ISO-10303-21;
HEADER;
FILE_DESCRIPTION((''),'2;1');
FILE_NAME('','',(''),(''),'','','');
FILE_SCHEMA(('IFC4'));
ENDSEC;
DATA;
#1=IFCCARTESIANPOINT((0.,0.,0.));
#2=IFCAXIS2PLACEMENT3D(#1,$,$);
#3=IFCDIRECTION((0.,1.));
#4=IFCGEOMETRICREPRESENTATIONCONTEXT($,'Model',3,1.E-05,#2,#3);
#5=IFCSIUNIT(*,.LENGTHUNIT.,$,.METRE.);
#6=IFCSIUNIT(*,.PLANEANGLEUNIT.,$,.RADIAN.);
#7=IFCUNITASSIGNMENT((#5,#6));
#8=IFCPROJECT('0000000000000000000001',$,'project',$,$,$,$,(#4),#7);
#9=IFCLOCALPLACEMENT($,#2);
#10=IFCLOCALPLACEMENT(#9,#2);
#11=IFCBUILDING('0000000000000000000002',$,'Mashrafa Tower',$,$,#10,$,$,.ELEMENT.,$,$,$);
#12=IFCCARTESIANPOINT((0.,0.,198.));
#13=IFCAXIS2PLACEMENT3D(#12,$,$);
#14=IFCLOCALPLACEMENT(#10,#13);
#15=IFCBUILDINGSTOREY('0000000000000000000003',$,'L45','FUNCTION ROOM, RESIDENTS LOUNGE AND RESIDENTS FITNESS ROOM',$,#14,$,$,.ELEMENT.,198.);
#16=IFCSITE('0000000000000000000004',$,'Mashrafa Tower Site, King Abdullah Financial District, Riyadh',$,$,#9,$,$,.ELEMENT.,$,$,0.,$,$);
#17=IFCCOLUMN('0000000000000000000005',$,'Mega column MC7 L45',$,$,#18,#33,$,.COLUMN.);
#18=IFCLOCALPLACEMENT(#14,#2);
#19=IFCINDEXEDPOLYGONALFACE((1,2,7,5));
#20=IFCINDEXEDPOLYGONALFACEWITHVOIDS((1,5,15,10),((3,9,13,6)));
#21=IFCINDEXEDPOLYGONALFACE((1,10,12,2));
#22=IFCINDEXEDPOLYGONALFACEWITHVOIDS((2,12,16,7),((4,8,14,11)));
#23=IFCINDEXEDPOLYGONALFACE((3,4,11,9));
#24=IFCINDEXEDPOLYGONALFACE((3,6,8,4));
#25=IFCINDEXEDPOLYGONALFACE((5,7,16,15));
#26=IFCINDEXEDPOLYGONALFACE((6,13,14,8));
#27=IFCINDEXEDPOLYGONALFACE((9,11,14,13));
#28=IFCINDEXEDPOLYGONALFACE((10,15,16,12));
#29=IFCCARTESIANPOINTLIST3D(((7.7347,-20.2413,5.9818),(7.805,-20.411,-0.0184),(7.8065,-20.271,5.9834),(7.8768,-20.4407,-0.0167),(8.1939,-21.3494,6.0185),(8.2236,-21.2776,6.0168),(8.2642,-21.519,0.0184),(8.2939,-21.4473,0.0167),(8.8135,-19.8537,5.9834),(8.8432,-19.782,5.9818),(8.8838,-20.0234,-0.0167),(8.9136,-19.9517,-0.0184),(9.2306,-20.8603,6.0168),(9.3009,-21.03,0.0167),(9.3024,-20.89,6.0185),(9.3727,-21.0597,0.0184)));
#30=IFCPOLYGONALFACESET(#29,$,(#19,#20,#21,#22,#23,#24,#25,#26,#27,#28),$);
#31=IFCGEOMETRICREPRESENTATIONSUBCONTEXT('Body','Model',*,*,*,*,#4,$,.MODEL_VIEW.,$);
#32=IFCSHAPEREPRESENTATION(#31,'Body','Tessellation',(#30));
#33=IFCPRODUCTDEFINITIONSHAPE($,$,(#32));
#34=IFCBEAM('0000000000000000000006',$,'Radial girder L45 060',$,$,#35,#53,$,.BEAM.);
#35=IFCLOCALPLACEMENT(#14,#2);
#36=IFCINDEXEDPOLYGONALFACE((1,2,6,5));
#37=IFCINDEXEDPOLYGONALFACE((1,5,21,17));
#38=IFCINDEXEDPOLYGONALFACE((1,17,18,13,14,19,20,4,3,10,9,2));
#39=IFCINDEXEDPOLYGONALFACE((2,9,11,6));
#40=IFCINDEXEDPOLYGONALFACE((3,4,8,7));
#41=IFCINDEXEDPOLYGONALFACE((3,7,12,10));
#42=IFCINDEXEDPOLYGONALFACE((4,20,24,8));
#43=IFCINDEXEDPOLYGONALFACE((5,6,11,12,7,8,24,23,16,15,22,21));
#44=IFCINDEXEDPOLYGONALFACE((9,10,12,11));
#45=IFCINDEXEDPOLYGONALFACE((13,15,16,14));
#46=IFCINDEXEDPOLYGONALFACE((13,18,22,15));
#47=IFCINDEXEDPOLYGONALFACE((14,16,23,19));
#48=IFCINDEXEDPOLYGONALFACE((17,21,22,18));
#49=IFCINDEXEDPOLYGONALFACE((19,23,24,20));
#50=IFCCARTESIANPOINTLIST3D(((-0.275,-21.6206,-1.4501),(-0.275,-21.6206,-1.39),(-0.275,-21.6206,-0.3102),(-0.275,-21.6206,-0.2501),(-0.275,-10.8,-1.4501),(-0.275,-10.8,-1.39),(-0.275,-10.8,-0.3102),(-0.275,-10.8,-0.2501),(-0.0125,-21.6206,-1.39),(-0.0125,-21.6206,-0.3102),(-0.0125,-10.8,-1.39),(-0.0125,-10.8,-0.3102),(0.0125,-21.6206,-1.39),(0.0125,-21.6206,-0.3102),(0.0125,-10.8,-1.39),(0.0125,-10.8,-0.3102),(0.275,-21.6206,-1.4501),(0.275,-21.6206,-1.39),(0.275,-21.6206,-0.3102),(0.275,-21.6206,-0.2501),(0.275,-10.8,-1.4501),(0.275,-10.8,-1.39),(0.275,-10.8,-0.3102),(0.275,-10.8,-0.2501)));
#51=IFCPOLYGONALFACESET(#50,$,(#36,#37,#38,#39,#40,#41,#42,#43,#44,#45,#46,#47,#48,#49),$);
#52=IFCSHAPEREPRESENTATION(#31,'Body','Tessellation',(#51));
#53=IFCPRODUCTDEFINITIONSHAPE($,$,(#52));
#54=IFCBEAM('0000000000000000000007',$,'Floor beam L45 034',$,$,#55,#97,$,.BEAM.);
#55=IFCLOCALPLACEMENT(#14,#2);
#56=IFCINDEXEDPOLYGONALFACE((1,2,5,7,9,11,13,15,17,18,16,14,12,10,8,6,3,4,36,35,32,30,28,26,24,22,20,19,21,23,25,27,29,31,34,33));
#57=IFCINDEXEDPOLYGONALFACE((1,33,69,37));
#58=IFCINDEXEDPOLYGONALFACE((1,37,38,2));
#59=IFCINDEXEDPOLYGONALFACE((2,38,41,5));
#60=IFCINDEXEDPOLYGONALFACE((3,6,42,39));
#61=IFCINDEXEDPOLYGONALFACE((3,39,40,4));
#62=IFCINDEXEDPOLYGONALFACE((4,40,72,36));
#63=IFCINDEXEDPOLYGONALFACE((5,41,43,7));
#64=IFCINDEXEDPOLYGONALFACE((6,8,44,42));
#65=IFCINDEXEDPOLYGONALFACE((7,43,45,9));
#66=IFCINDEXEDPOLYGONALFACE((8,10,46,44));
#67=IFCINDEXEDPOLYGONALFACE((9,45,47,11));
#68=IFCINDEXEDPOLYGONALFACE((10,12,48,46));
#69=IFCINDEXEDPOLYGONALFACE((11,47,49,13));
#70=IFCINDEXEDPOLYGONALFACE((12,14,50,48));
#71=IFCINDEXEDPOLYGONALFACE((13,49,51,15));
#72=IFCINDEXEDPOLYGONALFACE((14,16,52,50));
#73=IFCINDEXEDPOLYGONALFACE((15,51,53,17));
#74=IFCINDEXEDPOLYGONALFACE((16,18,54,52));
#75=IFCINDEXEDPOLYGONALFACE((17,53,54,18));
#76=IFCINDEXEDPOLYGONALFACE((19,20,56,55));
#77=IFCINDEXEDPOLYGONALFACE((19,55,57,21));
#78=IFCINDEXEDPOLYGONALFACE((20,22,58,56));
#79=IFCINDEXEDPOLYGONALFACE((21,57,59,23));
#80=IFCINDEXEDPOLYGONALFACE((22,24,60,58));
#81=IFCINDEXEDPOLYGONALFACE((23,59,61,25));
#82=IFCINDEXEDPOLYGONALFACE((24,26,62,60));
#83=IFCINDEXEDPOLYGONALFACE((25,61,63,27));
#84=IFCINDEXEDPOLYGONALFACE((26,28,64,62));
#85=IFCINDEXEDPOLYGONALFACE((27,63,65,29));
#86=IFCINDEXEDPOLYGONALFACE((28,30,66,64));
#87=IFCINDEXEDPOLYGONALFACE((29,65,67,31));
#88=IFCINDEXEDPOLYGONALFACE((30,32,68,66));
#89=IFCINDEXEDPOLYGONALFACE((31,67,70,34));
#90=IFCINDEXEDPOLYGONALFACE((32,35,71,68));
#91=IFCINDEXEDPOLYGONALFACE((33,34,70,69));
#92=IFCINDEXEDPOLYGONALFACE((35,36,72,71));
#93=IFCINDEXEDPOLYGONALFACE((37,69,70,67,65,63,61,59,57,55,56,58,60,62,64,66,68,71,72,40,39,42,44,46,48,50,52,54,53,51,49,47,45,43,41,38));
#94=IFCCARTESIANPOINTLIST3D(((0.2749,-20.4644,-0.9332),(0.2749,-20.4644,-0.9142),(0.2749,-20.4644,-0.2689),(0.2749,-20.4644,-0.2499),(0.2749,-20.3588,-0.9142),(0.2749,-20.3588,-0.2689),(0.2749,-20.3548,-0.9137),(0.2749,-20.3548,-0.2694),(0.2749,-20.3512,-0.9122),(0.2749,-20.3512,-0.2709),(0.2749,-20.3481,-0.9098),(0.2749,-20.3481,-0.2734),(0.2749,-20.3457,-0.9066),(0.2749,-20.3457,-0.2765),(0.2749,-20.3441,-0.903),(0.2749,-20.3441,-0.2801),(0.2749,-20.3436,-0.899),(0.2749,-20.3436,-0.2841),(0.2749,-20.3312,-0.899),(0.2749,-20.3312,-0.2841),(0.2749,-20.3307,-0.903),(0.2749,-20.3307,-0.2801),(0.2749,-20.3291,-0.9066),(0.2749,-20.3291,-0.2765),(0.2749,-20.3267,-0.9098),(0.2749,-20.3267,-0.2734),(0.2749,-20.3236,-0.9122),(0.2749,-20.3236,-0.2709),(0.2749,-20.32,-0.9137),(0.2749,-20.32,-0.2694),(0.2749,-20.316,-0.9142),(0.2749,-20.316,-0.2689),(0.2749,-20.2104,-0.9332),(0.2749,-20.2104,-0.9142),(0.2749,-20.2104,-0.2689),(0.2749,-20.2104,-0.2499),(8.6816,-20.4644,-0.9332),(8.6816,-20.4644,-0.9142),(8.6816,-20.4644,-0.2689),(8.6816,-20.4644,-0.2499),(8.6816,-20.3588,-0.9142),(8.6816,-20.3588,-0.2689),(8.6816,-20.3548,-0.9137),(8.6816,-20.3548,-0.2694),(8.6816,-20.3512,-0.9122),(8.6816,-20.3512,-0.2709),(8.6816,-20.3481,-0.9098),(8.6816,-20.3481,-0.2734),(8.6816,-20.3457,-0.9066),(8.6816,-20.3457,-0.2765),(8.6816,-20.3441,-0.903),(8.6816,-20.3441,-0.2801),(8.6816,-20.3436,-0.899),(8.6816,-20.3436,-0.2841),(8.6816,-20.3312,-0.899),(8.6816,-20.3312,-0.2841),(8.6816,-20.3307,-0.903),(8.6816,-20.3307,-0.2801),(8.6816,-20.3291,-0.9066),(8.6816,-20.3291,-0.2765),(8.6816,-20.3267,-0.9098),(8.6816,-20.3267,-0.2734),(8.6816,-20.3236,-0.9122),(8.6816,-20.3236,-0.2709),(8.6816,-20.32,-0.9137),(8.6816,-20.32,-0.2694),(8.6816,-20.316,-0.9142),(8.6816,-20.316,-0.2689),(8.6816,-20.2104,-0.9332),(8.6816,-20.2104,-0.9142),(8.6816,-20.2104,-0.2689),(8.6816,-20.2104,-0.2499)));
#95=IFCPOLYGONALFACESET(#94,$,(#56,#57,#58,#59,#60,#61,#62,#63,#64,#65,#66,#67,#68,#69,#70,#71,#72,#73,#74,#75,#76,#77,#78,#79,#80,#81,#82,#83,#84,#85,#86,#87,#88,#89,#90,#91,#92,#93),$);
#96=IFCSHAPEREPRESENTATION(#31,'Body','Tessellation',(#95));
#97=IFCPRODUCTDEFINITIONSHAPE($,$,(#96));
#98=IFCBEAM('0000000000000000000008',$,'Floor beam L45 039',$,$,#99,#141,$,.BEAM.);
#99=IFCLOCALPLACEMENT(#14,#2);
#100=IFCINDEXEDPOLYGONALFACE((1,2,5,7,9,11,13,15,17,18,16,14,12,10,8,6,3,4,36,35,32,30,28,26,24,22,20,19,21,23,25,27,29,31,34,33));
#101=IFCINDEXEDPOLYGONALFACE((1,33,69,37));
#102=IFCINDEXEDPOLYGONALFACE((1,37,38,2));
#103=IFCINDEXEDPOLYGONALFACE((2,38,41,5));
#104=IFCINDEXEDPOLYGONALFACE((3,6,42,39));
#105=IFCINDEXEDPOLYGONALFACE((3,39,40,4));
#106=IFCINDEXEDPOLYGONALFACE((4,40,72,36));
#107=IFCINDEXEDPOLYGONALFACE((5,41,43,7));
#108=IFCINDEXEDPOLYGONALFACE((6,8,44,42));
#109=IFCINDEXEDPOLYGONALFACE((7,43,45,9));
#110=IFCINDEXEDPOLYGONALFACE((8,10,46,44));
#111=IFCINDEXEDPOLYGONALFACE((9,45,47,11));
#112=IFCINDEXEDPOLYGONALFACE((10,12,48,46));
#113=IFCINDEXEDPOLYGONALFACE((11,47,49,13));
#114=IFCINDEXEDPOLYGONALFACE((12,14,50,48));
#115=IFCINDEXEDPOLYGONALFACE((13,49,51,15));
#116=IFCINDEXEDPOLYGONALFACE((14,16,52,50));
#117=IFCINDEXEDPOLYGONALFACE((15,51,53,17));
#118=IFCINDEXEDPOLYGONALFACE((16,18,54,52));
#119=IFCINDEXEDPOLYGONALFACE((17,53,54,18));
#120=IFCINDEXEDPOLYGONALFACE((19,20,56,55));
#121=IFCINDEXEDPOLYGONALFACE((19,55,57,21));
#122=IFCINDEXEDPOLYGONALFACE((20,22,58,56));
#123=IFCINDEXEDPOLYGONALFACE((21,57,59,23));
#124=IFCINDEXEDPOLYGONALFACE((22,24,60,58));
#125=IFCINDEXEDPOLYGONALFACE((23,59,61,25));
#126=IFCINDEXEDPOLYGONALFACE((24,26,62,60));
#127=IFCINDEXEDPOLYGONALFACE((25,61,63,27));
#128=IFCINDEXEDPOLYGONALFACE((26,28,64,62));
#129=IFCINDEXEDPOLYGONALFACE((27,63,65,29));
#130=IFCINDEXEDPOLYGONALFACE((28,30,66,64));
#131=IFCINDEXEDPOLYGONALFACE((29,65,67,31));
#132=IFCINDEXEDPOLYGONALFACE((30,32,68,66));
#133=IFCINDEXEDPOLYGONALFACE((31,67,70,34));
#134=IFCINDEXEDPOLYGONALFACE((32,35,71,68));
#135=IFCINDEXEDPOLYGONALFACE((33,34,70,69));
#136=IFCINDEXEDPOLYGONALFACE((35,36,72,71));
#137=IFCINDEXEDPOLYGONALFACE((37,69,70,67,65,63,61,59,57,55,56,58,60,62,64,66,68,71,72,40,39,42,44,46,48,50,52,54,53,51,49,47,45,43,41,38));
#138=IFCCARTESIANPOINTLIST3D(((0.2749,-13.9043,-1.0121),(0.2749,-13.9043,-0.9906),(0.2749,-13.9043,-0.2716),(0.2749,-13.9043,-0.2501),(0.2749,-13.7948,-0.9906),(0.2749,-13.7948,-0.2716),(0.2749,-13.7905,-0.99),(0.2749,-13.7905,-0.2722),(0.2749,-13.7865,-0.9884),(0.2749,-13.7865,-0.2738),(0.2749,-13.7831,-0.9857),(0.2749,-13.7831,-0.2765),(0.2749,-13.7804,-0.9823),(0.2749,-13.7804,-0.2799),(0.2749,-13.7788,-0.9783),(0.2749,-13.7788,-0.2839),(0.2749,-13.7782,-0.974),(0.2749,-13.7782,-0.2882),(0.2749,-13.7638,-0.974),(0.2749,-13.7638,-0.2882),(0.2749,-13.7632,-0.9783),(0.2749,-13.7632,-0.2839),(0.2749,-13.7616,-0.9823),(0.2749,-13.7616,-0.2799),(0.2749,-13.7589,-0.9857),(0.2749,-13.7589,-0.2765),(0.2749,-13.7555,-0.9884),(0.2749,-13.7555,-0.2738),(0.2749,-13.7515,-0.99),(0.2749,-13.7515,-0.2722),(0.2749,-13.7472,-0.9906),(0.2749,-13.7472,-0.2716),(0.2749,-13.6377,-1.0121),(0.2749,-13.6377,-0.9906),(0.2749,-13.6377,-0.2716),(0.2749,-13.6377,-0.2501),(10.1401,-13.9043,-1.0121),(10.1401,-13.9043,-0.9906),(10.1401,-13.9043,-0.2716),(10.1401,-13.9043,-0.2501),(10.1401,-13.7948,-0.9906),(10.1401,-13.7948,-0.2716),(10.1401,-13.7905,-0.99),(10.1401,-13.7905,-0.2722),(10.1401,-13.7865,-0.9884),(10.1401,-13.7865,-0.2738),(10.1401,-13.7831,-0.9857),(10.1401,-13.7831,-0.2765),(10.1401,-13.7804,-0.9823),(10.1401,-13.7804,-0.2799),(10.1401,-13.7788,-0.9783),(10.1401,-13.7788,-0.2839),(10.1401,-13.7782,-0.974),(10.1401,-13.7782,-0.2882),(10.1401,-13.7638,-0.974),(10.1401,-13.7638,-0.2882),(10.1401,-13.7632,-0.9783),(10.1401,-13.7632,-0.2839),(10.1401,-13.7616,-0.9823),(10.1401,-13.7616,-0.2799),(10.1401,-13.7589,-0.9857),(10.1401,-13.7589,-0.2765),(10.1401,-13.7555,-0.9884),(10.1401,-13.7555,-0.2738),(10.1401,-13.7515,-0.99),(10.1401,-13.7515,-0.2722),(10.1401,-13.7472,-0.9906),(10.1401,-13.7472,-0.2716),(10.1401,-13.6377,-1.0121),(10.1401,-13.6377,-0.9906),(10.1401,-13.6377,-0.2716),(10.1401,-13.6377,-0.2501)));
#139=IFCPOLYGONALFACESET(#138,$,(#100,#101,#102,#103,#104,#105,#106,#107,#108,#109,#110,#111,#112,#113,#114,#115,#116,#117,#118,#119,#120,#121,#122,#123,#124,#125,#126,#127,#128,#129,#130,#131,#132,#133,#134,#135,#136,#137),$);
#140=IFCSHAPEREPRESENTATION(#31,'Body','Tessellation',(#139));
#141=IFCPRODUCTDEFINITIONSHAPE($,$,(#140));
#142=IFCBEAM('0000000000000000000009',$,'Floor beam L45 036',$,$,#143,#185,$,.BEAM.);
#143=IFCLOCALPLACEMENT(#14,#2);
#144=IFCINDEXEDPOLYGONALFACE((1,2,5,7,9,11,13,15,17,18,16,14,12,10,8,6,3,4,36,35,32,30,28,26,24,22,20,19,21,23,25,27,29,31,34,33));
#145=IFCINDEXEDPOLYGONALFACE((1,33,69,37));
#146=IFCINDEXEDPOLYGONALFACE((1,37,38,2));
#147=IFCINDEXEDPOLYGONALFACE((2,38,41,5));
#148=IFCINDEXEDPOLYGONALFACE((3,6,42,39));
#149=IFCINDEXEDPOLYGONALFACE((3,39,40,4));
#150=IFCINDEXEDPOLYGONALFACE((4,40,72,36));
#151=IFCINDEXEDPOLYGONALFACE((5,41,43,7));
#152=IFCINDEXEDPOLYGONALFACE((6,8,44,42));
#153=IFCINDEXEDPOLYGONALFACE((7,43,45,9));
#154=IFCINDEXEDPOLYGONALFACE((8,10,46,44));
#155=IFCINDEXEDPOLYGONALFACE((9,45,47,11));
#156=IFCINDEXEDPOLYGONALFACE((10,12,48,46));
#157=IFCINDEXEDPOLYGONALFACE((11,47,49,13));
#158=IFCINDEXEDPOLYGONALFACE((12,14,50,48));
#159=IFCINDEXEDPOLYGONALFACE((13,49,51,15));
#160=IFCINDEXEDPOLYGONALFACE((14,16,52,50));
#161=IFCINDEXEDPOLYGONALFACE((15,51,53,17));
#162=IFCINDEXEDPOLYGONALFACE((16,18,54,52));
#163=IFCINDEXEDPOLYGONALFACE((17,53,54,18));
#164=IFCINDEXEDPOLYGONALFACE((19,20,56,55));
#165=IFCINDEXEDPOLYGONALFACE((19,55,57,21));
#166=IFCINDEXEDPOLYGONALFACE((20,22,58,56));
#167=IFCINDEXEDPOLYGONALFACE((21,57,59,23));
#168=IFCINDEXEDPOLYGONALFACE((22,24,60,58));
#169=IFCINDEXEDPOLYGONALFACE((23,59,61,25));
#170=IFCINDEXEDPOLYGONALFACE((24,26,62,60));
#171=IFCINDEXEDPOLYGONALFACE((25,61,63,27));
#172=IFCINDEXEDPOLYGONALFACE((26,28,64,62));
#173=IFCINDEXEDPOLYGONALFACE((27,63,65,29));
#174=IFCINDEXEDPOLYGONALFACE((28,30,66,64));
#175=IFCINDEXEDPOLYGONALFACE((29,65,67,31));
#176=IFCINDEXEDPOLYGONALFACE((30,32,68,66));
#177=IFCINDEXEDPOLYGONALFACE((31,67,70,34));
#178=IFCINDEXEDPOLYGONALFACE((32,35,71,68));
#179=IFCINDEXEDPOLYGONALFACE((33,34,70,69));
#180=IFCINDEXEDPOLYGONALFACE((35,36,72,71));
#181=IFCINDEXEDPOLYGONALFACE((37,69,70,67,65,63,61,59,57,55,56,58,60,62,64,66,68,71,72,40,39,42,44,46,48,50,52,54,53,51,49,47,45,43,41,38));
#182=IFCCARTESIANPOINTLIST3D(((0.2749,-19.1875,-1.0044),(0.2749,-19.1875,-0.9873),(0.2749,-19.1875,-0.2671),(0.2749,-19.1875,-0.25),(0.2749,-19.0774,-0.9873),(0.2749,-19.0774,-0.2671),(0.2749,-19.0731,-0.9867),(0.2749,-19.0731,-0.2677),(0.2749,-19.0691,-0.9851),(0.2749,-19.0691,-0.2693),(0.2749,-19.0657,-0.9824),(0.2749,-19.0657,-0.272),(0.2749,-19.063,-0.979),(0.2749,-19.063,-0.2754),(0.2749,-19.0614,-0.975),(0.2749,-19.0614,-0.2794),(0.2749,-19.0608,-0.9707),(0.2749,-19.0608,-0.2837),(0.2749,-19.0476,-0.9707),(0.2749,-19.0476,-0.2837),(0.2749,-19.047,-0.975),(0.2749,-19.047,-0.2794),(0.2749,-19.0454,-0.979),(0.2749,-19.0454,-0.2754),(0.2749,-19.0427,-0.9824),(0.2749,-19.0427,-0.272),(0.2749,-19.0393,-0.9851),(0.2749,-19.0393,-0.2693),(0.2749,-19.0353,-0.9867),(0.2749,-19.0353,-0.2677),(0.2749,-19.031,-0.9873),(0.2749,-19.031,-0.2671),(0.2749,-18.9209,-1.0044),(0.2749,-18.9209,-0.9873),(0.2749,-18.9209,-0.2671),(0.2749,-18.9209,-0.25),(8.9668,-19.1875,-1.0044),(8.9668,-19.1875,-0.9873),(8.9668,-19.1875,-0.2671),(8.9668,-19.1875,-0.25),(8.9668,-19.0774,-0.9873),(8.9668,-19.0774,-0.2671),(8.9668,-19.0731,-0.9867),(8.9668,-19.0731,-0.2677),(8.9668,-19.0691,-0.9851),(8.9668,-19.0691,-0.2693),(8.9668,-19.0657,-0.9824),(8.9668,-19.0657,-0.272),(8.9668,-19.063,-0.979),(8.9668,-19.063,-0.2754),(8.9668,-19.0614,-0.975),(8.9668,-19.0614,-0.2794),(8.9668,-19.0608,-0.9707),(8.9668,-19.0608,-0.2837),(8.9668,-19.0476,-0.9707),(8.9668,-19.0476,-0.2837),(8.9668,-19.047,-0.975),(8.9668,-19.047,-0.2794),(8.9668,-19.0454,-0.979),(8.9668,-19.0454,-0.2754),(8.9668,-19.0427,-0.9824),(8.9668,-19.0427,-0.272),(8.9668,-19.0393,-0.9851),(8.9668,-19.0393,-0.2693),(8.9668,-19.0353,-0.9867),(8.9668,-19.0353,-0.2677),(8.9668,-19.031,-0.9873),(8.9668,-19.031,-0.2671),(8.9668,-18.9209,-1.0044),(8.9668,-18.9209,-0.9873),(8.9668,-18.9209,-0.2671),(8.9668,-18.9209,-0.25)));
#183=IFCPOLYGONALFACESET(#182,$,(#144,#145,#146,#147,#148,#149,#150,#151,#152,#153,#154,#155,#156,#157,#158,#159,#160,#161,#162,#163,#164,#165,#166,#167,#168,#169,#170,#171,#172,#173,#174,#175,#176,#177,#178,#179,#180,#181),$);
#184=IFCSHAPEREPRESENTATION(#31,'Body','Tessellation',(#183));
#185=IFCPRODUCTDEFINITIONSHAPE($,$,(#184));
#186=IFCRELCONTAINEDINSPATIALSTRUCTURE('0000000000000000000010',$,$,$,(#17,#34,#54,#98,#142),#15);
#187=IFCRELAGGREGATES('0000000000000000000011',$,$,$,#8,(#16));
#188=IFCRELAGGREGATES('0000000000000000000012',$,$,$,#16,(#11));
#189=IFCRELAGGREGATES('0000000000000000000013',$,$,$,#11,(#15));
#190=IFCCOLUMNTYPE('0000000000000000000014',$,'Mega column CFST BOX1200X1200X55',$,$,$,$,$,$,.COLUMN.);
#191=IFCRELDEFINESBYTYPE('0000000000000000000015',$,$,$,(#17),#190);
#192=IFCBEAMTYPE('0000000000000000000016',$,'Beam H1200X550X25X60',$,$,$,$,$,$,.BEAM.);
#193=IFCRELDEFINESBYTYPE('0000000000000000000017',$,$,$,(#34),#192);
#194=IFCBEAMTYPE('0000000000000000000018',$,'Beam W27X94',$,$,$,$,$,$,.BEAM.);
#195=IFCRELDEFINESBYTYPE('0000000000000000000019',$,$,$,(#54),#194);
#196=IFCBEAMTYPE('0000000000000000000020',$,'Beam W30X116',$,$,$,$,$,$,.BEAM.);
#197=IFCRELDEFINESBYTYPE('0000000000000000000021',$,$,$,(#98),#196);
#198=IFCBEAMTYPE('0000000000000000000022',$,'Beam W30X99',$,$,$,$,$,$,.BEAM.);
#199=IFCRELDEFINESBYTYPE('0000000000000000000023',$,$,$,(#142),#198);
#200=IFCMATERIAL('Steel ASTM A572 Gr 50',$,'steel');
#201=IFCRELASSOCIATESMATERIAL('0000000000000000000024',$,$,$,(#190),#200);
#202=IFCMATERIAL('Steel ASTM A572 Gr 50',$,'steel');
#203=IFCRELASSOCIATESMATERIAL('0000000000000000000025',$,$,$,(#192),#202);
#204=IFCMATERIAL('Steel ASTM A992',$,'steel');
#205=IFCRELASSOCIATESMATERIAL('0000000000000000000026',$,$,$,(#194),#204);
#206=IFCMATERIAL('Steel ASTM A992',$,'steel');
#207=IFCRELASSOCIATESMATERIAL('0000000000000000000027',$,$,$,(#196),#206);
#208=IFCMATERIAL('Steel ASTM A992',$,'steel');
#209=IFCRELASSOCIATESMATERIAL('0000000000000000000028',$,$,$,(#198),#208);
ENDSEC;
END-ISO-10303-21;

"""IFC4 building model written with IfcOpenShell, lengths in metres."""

from ifc_helpers import new_model, si_unit, direction, frame, origin, origin_2d, place, context, subcontext, project, spatial, hollow_rectangle, i_section, extrude, material, material_profile, profile_set, type_object, element, save


model = new_model("IFC4")

# Units and contexts
model_context = context("Model", 3, precision=1e-05, world=origin(), true_north=direction((0.0, 1.0)))
body_context = subcontext(model_context, "Body", "Model", "MODEL_VIEW")
ifc_project = project(units=[si_unit("LENGTHUNIT", "METRE"), si_unit("PLANEANGLEUNIT", "RADIAN")], contexts=[model_context])

# Site, building, storey
site_placement = place(None, origin())
site = spatial("IfcSite", under=ifc_project, at=site_placement, Name="Mashrafa Tower Site, King Abdullah Financial District, Riyadh", CompositionType="ELEMENT", RefElevation=0.0)
building_placement = place(site_placement, origin())
building = spatial("IfcBuilding", under=site, at=building_placement, Name="Mashrafa Tower", CompositionType="ELEMENT")
storey_placement = place(building_placement, frame((0.0, 0.0, 198.0)))
storey = spatial("IfcBuildingStorey", under=building, at=storey_placement, Name="L45", Description="FUNCTION ROOM, RESIDENTS LOUNGE AND RESIDENTS FITNESS ROOM", CompositionType="ELEMENT", Elevation=198.0)

# Column
ifc_material_1 = material(Name="Steel ASTM A572 Gr 50", Category="steel")
ifc_material_profile_1 = material_profile(ifc_material_1, hollow_rectangle(XDim=1.2, YDim=1.2, WallThickness=0.0549, at=origin_2d()), Name="BOX1200X1200X55")
ifc_profile_set_1 = profile_set([ifc_material_profile_1], Name="Steel ASTM A572 Gr 50")
column_type = type_object("IfcColumnType", Name="Mega column CFST BOX1200X1200X55", PredefinedType="COLUMN", material=ifc_profile_set_1)
column_placement = place(storey_placement, frame((8.5889, -20.7354, 0.0), z_axis=(-0.011713, 0.028266, 0.999532), x_axis=(-0.923822, -0.382821, 0.0)))
element("IfcColumn", 1, at=column_placement, inside=storey, type_object=column_type, Name="Mega column MC7 L45", PredefinedType="COLUMN", context=body_context, shape_type="SweptSolid", body=[
    extrude(hollow_rectangle(XDim=1.2, YDim=1.2, WallThickness=0.0549, at=origin_2d()), origin(), (0.0, 0.0, 1.0), 6.0029),
])

# Beams
ifc_material_2 = material(Name="Steel ASTM A572 Gr 50", Category="steel")
ifc_material_profile_2 = material_profile(ifc_material_2, i_section(OverallWidth=0.55, OverallDepth=1.2, WebThickness=0.0249, FlangeThickness=0.0601, at=origin_2d()), Name="H1200X550X25X60")
ifc_profile_set_2 = profile_set([ifc_material_profile_2], Name="Steel ASTM A572 Gr 50")
beam_type_1 = type_object("IfcBeamType", Name="Beam H1200X550X25X60", PredefinedType="BEAM", material=ifc_profile_set_2)
beam_1_placement = place(storey_placement, frame((0.0, -10.8, -0.8501), z_axis=(0.0, -1.0, 0.0), x_axis=(1.0, 0.0, 0.0)))
element("IfcBeam", 2, at=beam_1_placement, inside=storey, type_object=beam_type_1, Name="Radial girder L45 060", PredefinedType="BEAM", context=body_context, shape_type="SweptSolid", body=[
    extrude(i_section(OverallWidth=0.55, OverallDepth=1.2, WebThickness=0.0249, FlangeThickness=0.0601, at=origin_2d()), origin(), (0.0, 0.0, 1.0), 10.8206),
])
ifc_material_3 = material(Name="Steel ASTM A992", Category="steel")
ifc_material_profile_3 = material_profile(ifc_material_3, i_section(OverallWidth=0.2539, OverallDepth=0.6833, WebThickness=0.0125, FlangeThickness=0.019, FilletRadius=0.0151, at=origin_2d()), Name="W27X94")
ifc_profile_set_3 = profile_set([ifc_material_profile_3], Name="Steel ASTM A992")
beam_type_2 = type_object("IfcBeamType", Name="Beam W27X94", PredefinedType="BEAM", material=ifc_profile_set_3)
beam_2_placement = place(storey_placement, frame((8.6816, -20.3374, -0.5916), z_axis=(-1.0, 0.0, 0.0), x_axis=(0.0, -1.0, 0.0)))
element("IfcBeam", 3, at=beam_2_placement, inside=storey, type_object=beam_type_2, Name="Floor beam L45 034", PredefinedType="BEAM", context=body_context, shape_type="SweptSolid", body=[
    extrude(i_section(OverallWidth=0.2539, OverallDepth=0.6833, WebThickness=0.0125, FlangeThickness=0.019, FilletRadius=0.0151, at=origin_2d()), origin(), (0.0, 0.0, 1.0), 8.4067),
])
ifc_material_4 = material(Name="Steel ASTM A992", Category="steel")
ifc_material_profile_4 = material_profile(ifc_material_4, i_section(OverallWidth=0.2666, OverallDepth=0.762, WebThickness=0.0144, FlangeThickness=0.0215, FilletRadius=0.0166, at=origin_2d()), Name="W30X116")
ifc_profile_set_4 = profile_set([ifc_material_profile_4], Name="Steel ASTM A992")
beam_type_3 = type_object("IfcBeamType", Name="Beam W30X116", PredefinedType="BEAM", material=ifc_profile_set_4)
beam_3_placement = place(storey_placement, frame((10.1401, -13.771, -0.6311), z_axis=(-1.0, 0.0, 0.0), x_axis=(0.0, -1.0, 0.0)))
element("IfcBeam", 4, at=beam_3_placement, inside=storey, type_object=beam_type_3, Name="Floor beam L45 039", PredefinedType="BEAM", context=body_context, shape_type="SweptSolid", body=[
    extrude(i_section(OverallWidth=0.2666, OverallDepth=0.762, WebThickness=0.0144, FlangeThickness=0.0215, FilletRadius=0.0166, at=origin_2d()), origin(), (0.0, 0.0, 1.0), 9.8652),
])
ifc_material_5 = material(Name="Steel ASTM A992", Category="steel")
ifc_material_profile_5 = material_profile(ifc_material_5, i_section(OverallWidth=0.2666, OverallDepth=0.7544, WebThickness=0.0132, FlangeThickness=0.0171, FilletRadius=0.0166, at=origin_2d()), Name="W30X99")
ifc_profile_set_5 = profile_set([ifc_material_profile_5], Name="Steel ASTM A992")
beam_type_4 = type_object("IfcBeamType", Name="Beam W30X99", PredefinedType="BEAM", material=ifc_profile_set_5)
beam_4_placement = place(storey_placement, frame((8.9668, -19.0542, -0.6272), z_axis=(-1.0, 0.0, 0.0), x_axis=(0.0, -1.0, 0.0)))
element("IfcBeam", 5, at=beam_4_placement, inside=storey, type_object=beam_type_4, Name="Floor beam L45 036", PredefinedType="BEAM", context=body_context, shape_type="SweptSolid", body=[
    extrude(i_section(OverallWidth=0.2666, OverallDepth=0.7544, WebThickness=0.0132, FlangeThickness=0.0171, FilletRadius=0.0166, at=origin_2d()), origin(), (0.0, 0.0, 1.0), 8.6919),
])

save(model, "model.ifc")
